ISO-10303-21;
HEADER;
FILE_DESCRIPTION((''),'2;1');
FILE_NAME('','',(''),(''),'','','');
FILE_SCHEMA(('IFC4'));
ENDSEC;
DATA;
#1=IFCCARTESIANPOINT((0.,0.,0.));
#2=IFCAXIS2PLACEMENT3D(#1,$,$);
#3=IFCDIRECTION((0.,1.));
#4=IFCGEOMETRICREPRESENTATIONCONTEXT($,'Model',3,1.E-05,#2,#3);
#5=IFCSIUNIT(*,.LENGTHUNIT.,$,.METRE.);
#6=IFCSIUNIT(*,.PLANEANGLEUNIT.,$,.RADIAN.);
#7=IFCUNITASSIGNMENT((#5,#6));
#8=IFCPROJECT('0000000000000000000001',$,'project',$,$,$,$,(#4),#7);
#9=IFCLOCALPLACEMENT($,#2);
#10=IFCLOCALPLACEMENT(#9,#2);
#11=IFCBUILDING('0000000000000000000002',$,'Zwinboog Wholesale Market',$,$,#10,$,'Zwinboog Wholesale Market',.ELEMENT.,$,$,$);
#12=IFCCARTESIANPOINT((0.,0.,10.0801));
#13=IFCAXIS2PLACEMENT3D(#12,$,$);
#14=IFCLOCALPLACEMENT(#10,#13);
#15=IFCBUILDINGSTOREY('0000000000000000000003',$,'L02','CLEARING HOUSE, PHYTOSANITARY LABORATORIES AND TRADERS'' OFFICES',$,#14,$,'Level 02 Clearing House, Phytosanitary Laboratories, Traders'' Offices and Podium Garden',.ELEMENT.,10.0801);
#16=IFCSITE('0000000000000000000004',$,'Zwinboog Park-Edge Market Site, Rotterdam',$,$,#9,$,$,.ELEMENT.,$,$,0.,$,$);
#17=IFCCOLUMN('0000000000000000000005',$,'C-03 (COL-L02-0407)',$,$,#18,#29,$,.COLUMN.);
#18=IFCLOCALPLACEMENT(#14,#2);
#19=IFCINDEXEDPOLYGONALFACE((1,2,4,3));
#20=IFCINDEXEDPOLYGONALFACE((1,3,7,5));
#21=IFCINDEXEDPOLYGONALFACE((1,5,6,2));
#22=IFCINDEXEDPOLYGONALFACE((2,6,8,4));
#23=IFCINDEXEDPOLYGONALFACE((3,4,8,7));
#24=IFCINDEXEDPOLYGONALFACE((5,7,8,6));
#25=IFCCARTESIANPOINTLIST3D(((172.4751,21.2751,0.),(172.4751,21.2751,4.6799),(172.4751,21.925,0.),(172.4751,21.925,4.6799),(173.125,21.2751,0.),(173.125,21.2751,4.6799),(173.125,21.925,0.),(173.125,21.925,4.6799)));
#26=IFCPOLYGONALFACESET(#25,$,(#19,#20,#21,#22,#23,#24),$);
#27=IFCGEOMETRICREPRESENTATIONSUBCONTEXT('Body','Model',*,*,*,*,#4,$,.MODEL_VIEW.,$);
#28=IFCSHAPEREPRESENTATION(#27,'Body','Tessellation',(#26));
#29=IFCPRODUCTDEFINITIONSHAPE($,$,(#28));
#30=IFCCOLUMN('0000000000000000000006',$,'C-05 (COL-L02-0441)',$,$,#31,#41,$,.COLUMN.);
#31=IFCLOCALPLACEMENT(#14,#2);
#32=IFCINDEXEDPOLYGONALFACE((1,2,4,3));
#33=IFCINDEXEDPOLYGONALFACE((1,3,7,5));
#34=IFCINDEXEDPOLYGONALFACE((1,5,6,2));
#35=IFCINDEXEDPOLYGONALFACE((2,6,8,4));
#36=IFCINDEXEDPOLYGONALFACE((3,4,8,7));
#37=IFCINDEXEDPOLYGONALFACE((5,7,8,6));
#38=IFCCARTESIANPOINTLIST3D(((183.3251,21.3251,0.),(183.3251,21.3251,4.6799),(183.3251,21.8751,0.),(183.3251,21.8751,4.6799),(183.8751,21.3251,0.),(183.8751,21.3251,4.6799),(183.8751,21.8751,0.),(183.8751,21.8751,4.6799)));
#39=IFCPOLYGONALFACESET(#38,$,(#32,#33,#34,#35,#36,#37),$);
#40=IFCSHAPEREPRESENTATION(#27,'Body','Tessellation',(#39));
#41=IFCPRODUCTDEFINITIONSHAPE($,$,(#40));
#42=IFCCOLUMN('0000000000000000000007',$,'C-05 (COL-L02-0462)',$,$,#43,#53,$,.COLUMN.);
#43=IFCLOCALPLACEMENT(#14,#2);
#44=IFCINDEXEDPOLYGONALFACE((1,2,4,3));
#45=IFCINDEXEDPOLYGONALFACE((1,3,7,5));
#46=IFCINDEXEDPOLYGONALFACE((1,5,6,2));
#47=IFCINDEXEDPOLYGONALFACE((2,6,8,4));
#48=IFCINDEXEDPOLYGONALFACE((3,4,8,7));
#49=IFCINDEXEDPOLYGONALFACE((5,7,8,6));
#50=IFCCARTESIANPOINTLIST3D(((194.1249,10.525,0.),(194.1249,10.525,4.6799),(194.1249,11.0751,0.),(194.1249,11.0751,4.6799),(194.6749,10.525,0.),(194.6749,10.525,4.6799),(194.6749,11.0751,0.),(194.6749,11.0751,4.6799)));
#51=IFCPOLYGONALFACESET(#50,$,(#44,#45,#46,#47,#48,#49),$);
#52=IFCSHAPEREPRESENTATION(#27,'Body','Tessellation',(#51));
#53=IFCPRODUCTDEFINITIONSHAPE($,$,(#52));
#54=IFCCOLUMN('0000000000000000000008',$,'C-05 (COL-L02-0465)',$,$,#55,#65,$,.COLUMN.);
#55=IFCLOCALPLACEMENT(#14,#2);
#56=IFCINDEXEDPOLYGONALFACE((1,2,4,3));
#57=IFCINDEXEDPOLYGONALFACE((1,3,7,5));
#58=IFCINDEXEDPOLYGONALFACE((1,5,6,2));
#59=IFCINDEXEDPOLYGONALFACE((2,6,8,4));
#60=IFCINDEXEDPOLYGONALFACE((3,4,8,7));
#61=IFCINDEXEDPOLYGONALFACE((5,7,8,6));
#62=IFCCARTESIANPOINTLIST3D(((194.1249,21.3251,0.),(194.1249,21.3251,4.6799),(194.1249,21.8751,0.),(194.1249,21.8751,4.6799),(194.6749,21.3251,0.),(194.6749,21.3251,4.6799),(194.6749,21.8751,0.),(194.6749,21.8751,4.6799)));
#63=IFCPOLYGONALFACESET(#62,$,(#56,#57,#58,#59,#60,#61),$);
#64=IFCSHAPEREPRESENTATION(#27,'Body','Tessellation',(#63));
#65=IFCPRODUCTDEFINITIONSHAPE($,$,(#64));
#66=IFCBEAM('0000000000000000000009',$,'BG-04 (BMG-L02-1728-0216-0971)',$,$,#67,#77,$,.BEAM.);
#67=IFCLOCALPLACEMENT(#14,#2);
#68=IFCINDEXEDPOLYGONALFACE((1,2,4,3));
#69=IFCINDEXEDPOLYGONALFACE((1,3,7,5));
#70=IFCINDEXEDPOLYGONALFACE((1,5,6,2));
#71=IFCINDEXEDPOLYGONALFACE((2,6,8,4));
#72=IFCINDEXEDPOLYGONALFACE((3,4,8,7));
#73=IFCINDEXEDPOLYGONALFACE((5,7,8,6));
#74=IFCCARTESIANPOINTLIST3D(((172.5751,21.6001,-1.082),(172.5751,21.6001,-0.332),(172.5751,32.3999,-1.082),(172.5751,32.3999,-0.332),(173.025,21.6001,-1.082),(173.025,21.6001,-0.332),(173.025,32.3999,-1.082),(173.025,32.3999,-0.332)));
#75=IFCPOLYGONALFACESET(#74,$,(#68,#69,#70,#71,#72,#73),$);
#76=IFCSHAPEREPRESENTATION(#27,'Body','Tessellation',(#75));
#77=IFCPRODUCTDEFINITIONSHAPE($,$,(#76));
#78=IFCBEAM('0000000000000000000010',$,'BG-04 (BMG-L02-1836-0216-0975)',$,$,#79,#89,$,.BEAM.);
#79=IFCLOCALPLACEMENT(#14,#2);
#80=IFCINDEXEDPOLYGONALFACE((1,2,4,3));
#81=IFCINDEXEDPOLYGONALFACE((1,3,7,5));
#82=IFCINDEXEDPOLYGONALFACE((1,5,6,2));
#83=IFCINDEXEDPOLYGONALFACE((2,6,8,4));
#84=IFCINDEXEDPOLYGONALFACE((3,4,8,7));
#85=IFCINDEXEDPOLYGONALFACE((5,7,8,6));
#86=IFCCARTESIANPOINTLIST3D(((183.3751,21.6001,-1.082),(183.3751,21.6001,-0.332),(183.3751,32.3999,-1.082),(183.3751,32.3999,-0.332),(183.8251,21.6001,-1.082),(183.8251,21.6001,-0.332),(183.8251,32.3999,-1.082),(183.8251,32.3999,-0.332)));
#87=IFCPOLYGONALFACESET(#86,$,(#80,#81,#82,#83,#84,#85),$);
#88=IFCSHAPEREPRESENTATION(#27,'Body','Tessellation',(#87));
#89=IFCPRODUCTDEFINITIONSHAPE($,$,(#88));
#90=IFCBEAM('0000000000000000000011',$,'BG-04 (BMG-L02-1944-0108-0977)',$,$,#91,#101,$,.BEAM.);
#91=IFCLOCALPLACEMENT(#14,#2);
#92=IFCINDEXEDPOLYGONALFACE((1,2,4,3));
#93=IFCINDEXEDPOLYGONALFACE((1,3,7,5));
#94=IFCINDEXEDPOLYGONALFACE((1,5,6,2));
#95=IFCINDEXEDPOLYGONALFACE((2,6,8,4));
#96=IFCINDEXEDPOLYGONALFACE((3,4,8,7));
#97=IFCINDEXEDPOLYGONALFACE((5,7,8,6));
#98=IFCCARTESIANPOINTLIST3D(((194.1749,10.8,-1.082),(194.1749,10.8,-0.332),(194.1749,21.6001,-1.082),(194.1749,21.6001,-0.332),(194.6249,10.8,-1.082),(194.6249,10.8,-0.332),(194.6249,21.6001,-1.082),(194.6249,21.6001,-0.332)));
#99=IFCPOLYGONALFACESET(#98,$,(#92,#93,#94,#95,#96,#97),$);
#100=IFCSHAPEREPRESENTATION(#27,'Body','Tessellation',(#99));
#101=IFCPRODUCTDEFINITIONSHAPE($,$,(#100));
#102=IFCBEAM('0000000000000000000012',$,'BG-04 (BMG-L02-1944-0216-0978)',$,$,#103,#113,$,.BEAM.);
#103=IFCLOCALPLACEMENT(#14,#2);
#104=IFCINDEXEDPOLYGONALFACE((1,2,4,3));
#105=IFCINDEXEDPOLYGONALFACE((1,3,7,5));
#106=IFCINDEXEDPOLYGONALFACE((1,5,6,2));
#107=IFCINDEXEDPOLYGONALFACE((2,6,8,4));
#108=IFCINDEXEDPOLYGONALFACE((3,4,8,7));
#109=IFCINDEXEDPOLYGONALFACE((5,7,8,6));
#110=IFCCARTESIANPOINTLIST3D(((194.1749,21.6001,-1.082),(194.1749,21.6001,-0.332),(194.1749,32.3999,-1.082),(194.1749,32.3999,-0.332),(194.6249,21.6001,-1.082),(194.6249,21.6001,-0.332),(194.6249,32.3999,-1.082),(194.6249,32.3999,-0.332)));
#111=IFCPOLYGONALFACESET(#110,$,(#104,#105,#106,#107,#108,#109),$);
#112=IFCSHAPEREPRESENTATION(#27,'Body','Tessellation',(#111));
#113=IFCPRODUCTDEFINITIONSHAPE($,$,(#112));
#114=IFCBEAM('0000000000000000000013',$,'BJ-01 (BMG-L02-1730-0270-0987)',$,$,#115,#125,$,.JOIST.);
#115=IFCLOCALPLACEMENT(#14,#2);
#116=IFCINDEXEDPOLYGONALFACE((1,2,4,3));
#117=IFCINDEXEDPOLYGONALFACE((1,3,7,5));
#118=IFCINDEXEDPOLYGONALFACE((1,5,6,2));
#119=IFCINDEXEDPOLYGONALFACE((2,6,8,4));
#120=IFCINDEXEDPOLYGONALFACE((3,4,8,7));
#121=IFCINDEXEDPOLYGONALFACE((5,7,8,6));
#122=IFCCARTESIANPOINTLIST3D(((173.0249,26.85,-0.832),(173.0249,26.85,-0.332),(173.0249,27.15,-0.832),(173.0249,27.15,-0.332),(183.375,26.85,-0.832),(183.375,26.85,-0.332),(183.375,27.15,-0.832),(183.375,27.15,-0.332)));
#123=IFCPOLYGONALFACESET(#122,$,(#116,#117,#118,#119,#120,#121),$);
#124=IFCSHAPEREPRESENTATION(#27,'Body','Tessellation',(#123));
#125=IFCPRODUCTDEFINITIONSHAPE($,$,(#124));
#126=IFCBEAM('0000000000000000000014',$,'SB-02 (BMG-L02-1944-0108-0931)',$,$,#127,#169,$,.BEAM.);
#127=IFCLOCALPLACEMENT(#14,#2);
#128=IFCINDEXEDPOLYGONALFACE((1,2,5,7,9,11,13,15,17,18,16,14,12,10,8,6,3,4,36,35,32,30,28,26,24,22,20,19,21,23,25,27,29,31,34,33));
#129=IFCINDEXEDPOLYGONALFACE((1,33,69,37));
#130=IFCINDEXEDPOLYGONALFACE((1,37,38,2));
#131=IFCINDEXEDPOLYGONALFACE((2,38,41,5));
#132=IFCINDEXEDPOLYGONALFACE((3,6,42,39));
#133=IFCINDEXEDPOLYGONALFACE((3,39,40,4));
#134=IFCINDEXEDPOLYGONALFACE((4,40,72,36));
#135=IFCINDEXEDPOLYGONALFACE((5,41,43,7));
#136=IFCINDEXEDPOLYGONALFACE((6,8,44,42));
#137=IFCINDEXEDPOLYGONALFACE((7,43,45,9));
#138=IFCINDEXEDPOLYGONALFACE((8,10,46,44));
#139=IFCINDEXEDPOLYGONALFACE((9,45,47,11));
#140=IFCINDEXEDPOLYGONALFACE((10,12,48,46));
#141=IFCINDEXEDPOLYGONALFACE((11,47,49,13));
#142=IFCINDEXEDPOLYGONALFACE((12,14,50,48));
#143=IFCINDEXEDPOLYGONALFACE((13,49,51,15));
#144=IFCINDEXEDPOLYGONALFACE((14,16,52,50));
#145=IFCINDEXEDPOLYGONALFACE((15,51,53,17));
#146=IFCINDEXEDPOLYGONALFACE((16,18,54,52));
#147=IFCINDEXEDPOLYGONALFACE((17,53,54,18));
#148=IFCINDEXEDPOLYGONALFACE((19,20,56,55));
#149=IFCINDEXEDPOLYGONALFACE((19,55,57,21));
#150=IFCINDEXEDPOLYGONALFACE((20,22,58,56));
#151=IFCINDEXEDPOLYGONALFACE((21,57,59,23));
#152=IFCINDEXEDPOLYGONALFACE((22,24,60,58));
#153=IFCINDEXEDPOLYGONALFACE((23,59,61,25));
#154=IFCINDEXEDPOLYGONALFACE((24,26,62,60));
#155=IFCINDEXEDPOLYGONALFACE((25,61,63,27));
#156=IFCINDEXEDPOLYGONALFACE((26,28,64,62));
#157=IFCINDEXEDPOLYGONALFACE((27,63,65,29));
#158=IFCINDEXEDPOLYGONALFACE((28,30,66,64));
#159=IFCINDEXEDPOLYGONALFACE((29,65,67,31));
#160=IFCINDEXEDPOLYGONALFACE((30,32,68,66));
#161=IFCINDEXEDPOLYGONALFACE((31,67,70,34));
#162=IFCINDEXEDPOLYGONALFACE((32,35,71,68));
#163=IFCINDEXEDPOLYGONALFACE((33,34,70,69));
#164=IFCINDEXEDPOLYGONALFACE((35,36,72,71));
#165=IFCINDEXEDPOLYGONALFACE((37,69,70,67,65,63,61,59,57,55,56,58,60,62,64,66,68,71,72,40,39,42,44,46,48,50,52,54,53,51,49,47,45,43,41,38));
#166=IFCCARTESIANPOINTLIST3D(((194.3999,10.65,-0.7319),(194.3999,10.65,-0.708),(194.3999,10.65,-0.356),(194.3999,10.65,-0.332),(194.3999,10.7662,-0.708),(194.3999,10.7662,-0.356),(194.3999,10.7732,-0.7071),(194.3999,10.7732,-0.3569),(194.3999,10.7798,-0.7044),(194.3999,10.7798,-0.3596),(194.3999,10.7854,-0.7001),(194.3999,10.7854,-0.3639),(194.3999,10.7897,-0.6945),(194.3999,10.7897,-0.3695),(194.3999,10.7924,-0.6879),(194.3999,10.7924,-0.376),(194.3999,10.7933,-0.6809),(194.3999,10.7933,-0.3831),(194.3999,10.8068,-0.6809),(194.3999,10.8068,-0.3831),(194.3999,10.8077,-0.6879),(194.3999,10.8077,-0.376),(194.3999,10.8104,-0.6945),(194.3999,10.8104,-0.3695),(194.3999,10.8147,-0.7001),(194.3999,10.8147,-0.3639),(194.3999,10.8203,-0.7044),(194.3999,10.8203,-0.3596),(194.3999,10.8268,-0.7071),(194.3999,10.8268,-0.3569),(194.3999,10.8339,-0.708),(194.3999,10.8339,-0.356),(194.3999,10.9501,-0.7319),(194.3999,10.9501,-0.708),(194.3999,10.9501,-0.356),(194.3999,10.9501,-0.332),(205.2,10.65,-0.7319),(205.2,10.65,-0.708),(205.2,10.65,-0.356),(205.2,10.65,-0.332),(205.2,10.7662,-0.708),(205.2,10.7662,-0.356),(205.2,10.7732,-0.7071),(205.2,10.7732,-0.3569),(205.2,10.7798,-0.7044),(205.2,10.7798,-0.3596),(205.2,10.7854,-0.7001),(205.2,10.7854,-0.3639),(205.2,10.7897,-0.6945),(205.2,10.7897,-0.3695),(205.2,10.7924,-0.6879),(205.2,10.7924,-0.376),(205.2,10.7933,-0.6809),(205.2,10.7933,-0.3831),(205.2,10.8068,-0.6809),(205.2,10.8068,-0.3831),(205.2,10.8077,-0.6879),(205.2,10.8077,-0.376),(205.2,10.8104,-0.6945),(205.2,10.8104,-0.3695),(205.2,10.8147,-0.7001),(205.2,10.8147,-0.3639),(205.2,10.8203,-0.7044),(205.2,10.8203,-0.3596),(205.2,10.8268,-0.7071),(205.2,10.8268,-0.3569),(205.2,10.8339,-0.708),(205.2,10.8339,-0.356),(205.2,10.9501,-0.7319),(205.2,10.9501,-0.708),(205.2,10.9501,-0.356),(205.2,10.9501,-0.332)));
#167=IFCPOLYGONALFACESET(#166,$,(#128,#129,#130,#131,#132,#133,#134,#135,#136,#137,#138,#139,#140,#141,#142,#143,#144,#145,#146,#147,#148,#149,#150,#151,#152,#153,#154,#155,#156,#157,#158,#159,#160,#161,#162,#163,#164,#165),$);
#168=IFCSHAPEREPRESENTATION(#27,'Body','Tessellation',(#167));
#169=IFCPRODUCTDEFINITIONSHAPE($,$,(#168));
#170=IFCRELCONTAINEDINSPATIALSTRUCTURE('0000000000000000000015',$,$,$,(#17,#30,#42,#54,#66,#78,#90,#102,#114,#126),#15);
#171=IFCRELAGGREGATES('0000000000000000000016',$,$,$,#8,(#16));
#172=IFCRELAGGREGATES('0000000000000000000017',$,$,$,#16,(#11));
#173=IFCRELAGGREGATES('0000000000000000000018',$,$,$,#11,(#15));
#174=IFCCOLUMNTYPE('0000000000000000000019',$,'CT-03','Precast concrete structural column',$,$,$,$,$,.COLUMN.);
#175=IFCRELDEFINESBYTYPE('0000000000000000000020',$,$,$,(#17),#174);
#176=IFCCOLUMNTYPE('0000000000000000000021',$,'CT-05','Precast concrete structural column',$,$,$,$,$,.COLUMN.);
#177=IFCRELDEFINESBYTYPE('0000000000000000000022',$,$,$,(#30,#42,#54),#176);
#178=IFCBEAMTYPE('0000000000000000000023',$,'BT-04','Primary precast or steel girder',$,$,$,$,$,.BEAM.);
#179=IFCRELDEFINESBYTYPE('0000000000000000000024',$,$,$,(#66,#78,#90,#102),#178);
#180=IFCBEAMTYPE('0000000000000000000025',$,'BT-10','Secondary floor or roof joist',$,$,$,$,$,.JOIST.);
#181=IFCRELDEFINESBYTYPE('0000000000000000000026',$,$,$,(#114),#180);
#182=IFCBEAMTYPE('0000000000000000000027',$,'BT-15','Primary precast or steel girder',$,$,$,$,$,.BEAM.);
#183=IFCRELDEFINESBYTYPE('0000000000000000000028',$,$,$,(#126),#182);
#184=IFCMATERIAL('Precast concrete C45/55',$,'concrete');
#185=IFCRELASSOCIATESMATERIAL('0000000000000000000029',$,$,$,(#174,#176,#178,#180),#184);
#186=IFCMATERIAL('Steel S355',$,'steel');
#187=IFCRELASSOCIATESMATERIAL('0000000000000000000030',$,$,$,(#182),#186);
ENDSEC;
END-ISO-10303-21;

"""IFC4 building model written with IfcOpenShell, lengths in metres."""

from ifc_helpers import new_model, si_unit, direction, frame, origin, origin_2d, place, context, subcontext, project, spatial, rectangle, i_section, extrude, material, material_profile, profile_set, type_object, element, save


model = new_model("IFC4")

# Units and contexts
model_context = context("Model", 3, precision=1e-05, world=origin(), true_north=direction((0.0, 1.0)))
body_context = subcontext(model_context, "Body", "Model", "MODEL_VIEW")
ifc_project = project(units=[si_unit("LENGTHUNIT", "METRE"), si_unit("PLANEANGLEUNIT", "RADIAN")], contexts=[model_context])

# Site, building, storey
site_placement = place(None, origin())
site = spatial("IfcSite", under=ifc_project, at=site_placement, Name="Zwinboog Park-Edge Market Site, Rotterdam", CompositionType="ELEMENT", RefElevation=0.0)
building_placement = place(site_placement, origin())
building = spatial("IfcBuilding", under=site, at=building_placement, Name="Zwinboog Wholesale Market", LongName="Zwinboog Wholesale Market", CompositionType="ELEMENT")
storey_placement = place(building_placement, frame((0.0, 0.0, 10.0801)))
storey = spatial("IfcBuildingStorey", under=building, at=storey_placement, Name="L02", Description="CLEARING HOUSE, PHYTOSANITARY LABORATORIES AND TRADERS' OFFICES", LongName="Level 02 Clearing House, Phytosanitary Laboratories, Traders' Offices and Podium Garden", CompositionType="ELEMENT", Elevation=10.0801)

# Columns
ifc_material_1 = material(Name="Precast concrete C45/55", Category="concrete")
ifc_material_profile_1 = material_profile(ifc_material_1, rectangle(XDim=0.6499, YDim=0.6499, at=origin_2d()), Name="PC 650x650")
ifc_profile_set_1 = profile_set([ifc_material_profile_1], Name="Precast concrete C45/55")
column_type_1 = type_object("IfcColumnType", Name="CT-03", Description="Precast concrete structural column", PredefinedType="COLUMN", material=ifc_profile_set_1)
column_placement = place(storey_placement, frame((172.8, 21.6001, 0.0), z_axis=(0.0, 0.0, 1.0), x_axis=(1.0, 0.0, 0.0)))
element("IfcColumn", 1, at=column_placement, inside=storey, type_object=column_type_1, Name="C-03 (COL-L02-0407)", PredefinedType="COLUMN", context=body_context, shape_type="SweptSolid", body=[
    extrude(rectangle(XDim=0.6499, YDim=0.6499, at=origin_2d()), origin(), (0.0, 0.0, 1.0), 4.6799),
])
ifc_material_profile_2 = material_profile(ifc_material_1, rectangle(XDim=0.55, YDim=0.55, at=origin_2d()), Name="PC 550x550")
ifc_profile_set_2 = profile_set([ifc_material_profile_2], Name="Precast concrete C45/55")
column_type_2 = type_object("IfcColumnType", Name="CT-05", Description="Precast concrete structural column", PredefinedType="COLUMN", material=ifc_profile_set_2)
for number, where, z_axis, x_axis, name in (
    (2, (183.6001, 21.6001, 0.0), (0.0, 0.0, 1.0), (1.0, 0.0, 0.0), "C-05 (COL-L02-0441)"),
    (3, (194.3999, 10.8, 0.0), (0.0, 0.0, 1.0), (1.0, 0.0, 0.0), "C-05 (COL-L02-0462)"),
    (4, (194.3999, 21.6001, 0.0), (0.0, 0.0, 1.0), (1.0, 0.0, 0.0), "C-05 (COL-L02-0465)"),
):
    element("IfcColumn", number, at=place(storey_placement, frame(where, z_axis=z_axis, x_axis=x_axis)), inside=storey, type_object=column_type_2, Name=name, PredefinedType="COLUMN", context=body_context, shape_type="SweptSolid", body=[
        extrude(rectangle(XDim=0.55, YDim=0.55, at=origin_2d()), origin(), (0.0, 0.0, 1.0), 4.6799),
    ])

# Beams
ifc_material_profile_3 = material_profile(ifc_material_1, rectangle(XDim=0.45, YDim=0.75, at=origin_2d()), Name="PC 450x750")
ifc_profile_set_3 = profile_set([ifc_material_profile_3], Name="Precast concrete C45/55")
beam_type_1 = type_object("IfcBeamType", Name="BT-04", Description="Primary precast or steel girder", PredefinedType="BEAM", material=ifc_profile_set_3)
for number, where, z_axis, x_axis, name in (
    (5, (172.8, 21.6001, -0.707), (0.0, 1.0, 0.0), (-1.0, 0.0, 0.0), "BG-04 (BMG-L02-1728-0216-0971)"),
    (6, (183.6001, 21.6001, -0.707), (0.0, 1.0, 0.0), (-1.0, 0.0, 0.0), "BG-04 (BMG-L02-1836-0216-0975)"),
):
    element("IfcBeam", number, at=place(storey_placement, frame(where, z_axis=z_axis, x_axis=x_axis)), inside=storey, type_object=beam_type_1, Name=name, PredefinedType="BEAM", context=body_context, shape_type="SweptSolid", body=[
        extrude(rectangle(XDim=0.45, YDim=0.75, at=origin_2d()), origin(), (0.0, 0.0, 1.0), 10.7998),
    ])
beam_1_placement = place(storey_placement, frame((194.3999, 10.8, -0.707), z_axis=(0.0, 1.0, 0.0), x_axis=(-1.0, 0.0, 0.0)))
element("IfcBeam", 7, at=beam_1_placement, inside=storey, type_object=beam_type_1, Name="BG-04 (BMG-L02-1944-0108-0977)", PredefinedType="BEAM", context=body_context, shape_type="SweptSolid", body=[
    extrude(rectangle(XDim=0.45, YDim=0.75, at=origin_2d()), origin(), (0.0, 0.0, 1.0), 10.8),
])
beam_2_placement = place(storey_placement, frame((194.3999, 21.6001, -0.707), z_axis=(0.0, 1.0, 0.0), x_axis=(-1.0, 0.0, 0.0)))
element("IfcBeam", 8, at=beam_2_placement, inside=storey, type_object=beam_type_1, Name="BG-04 (BMG-L02-1944-0216-0978)", PredefinedType="BEAM", context=body_context, shape_type="SweptSolid", body=[
    extrude(rectangle(XDim=0.45, YDim=0.75, at=origin_2d()), origin(), (0.0, 0.0, 1.0), 10.7998),
])
ifc_material_profile_4 = material_profile(ifc_material_1, rectangle(XDim=0.3, YDim=0.5, at=origin_2d()), Name="PC 300x500")
ifc_profile_set_4 = profile_set([ifc_material_profile_4], Name="Precast concrete C45/55")
beam_type_2 = type_object("IfcBeamType", Name="BT-10", Description="Secondary floor or roof joist", PredefinedType="JOIST", material=ifc_profile_set_4)
beam_3_placement = place(storey_placement, frame((173.0249, 27.0, -0.582), z_axis=(1.0, 0.0, 0.0), x_axis=(0.0, 1.0, 0.0)))
element("IfcBeam", 9, at=beam_3_placement, inside=storey, type_object=beam_type_2, Name="BJ-01 (BMG-L02-1730-0270-0987)", PredefinedType="JOIST", context=body_context, shape_type="SweptSolid", body=[
    extrude(rectangle(XDim=0.3, YDim=0.5, at=origin_2d()), origin(), (0.0, 0.0, 1.0), 10.3501),
])
ifc_material_2 = material(Name="Steel S355", Category="steel")
ifc_material_profile_5 = material_profile(ifc_material_2, i_section(OverallWidth=0.3, OverallDepth=0.3999, WebThickness=0.0134, FlangeThickness=0.0239, FilletRadius=0.0271, at=origin_2d()), Name="HEB 400")
ifc_profile_set_5 = profile_set([ifc_material_profile_5], Name="Steel S355")
beam_type_3 = type_object("IfcBeamType", Name="BT-15", Description="Primary precast or steel girder", PredefinedType="BEAM", material=ifc_profile_set_5)
for number, where, z_axis, x_axis, name in (
    (10, (194.3999, 10.8, -0.532), (1.0, 0.0, 0.0), (0.0, 1.0, 0.0), "SB-02 (BMG-L02-1944-0108-0931)"),
):
    element("IfcBeam", number, at=place(storey_placement, frame(where, z_axis=z_axis, x_axis=x_axis)), inside=storey, type_object=beam_type_3, Name=name, PredefinedType="BEAM", context=body_context, shape_type="SweptSolid", body=[
        extrude(i_section(OverallWidth=0.3, OverallDepth=0.3999, WebThickness=0.0134, FlangeThickness=0.0239, FilletRadius=0.0271, at=origin_2d()), origin(), (0.0, 0.0, 1.0), 10.8),
    ])

save(model, "model.ifc")
